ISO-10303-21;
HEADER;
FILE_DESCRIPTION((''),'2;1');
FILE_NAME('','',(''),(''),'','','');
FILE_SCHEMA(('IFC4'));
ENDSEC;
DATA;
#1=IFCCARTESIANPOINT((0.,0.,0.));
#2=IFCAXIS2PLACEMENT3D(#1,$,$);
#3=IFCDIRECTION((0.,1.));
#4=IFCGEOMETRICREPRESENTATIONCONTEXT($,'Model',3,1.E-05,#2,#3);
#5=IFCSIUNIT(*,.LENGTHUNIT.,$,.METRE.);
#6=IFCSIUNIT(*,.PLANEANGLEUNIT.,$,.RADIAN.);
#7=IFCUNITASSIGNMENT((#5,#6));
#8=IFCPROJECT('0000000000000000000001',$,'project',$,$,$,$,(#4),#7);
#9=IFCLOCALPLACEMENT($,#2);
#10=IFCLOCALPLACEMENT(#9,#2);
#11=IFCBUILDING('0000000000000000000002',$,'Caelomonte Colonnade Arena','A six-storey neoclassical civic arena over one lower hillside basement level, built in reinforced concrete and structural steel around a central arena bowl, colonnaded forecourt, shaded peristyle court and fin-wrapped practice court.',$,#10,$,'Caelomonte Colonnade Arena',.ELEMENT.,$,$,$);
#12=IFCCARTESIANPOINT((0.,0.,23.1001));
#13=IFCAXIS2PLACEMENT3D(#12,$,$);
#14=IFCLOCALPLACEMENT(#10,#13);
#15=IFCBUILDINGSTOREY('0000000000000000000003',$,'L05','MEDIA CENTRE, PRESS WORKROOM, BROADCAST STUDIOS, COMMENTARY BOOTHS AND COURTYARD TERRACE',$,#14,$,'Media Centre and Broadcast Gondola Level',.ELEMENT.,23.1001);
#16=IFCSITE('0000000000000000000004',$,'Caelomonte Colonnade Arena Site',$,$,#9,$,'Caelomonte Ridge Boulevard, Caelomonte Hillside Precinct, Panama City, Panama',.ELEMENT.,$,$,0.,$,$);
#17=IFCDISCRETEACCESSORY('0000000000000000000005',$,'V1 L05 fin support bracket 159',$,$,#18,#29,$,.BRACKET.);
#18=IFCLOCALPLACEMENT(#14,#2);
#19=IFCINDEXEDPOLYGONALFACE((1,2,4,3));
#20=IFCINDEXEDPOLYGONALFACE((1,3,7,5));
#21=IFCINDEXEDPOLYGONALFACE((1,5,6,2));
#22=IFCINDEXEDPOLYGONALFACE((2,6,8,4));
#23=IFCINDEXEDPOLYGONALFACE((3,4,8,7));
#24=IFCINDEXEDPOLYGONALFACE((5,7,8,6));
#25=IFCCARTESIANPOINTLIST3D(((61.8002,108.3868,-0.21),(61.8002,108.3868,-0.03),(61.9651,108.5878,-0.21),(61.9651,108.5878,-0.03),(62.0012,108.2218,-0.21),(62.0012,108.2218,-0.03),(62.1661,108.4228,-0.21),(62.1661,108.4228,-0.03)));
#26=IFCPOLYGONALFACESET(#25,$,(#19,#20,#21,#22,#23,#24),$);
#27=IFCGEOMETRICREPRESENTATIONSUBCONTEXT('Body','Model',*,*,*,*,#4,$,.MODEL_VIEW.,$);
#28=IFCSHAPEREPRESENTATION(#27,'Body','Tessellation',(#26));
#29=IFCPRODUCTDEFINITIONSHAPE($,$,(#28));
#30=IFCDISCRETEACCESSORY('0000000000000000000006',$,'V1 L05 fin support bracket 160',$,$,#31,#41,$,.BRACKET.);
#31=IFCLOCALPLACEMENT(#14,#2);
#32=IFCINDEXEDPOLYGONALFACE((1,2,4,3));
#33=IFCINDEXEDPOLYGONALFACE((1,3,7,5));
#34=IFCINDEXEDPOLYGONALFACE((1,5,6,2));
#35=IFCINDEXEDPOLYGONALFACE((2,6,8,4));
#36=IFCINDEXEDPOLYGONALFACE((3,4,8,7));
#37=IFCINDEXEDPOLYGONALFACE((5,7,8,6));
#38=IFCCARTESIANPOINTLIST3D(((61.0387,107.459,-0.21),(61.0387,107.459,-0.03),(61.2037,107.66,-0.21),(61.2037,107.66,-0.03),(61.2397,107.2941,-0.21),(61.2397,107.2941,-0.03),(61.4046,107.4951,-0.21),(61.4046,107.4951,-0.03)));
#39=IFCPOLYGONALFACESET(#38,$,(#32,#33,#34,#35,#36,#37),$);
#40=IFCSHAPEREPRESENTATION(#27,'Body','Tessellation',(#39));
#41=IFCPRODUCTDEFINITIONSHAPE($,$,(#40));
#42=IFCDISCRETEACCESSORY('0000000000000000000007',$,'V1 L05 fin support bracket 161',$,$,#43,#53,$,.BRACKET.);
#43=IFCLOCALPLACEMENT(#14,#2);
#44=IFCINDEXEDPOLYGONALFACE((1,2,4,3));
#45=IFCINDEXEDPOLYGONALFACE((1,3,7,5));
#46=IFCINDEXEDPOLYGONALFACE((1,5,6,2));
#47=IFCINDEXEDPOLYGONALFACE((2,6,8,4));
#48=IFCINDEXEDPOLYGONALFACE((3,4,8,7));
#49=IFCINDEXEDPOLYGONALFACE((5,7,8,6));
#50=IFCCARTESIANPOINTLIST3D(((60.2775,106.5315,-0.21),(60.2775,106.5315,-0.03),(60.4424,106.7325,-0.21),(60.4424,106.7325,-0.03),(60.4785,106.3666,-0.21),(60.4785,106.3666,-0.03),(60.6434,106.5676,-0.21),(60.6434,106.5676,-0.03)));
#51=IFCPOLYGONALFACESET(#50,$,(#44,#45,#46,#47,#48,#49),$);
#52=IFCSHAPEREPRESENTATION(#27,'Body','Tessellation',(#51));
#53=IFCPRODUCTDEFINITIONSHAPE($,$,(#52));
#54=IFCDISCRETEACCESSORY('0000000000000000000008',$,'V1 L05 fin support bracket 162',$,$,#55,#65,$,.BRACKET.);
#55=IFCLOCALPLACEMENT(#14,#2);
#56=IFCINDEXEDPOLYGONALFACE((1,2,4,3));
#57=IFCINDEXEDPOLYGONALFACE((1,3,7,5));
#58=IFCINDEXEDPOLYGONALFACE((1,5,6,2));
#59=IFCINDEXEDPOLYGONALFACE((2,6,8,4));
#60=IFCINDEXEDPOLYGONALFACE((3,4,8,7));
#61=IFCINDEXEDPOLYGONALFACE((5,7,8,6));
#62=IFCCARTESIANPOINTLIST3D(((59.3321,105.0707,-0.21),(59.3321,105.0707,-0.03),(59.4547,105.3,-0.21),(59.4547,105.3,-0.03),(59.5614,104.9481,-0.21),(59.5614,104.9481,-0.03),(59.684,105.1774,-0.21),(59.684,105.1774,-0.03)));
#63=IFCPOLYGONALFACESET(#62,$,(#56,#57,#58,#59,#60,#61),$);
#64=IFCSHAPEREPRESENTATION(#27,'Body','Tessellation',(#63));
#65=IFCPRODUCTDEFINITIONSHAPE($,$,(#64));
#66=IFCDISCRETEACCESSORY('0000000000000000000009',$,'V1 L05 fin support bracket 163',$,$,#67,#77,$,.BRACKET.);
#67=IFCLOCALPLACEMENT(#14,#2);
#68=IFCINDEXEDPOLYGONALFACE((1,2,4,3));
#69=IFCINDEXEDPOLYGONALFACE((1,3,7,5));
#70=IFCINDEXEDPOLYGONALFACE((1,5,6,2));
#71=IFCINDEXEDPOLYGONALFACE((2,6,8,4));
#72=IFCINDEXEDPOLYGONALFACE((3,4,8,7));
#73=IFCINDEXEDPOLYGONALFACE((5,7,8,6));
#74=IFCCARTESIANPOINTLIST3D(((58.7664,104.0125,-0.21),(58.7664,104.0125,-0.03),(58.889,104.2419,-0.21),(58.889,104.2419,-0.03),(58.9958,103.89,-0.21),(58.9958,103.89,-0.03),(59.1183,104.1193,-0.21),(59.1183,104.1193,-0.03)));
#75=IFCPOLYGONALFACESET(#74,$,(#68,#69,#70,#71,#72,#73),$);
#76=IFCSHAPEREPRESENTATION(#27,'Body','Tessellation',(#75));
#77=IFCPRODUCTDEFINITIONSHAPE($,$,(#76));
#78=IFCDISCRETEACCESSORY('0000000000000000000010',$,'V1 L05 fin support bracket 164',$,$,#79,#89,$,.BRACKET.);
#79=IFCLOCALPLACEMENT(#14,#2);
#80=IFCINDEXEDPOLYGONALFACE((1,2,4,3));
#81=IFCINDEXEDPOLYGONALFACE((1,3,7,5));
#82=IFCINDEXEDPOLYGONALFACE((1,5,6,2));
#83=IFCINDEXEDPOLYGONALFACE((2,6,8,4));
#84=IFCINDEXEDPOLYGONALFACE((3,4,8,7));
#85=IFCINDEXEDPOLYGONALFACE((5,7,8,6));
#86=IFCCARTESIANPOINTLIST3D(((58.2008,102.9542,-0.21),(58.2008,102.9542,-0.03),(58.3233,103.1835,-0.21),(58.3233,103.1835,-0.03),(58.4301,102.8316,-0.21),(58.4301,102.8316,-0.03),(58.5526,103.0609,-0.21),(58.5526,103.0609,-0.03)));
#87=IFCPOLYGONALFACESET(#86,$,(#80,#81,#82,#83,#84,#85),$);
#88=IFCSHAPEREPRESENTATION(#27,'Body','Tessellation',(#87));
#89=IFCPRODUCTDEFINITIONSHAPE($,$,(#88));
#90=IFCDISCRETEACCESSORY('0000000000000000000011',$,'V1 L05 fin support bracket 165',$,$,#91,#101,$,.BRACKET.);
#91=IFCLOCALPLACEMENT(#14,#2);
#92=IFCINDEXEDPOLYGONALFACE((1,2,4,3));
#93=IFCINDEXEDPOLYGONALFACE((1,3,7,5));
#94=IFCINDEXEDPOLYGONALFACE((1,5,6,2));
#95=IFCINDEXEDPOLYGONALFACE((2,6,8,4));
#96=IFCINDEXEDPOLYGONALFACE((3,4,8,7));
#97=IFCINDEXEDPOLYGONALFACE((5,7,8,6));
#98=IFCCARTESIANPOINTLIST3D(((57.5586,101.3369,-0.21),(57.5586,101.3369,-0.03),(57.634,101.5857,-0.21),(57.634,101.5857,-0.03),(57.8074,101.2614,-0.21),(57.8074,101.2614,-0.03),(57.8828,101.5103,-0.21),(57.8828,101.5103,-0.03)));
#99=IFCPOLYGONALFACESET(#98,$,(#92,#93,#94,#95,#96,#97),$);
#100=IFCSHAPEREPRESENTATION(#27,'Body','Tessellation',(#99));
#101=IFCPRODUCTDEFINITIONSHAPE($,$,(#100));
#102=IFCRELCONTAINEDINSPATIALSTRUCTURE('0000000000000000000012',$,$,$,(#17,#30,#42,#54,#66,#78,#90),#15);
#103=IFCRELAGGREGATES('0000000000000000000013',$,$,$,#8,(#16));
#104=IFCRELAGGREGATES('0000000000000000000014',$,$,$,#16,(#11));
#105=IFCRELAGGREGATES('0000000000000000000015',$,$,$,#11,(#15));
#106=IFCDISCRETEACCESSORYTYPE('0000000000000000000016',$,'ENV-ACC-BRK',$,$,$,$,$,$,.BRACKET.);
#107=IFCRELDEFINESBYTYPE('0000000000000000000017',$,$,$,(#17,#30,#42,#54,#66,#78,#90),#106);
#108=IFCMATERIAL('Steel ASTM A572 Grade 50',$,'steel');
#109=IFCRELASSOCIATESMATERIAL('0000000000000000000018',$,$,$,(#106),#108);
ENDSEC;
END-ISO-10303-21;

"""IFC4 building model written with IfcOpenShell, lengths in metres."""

from ifc_helpers import new_model, si_unit, direction, frame, origin, origin_2d, place, context, subcontext, project, spatial, rectangle, extrude, material, type_object, element, save


model = new_model("IFC4")

# Units and contexts
model_context = context("Model", 3, precision=1e-05, world=origin(), true_north=direction((0.0, 1.0)))
body_context = subcontext(model_context, "Body", "Model", "MODEL_VIEW")
ifc_project = project(units=[si_unit("LENGTHUNIT", "METRE"), si_unit("PLANEANGLEUNIT", "RADIAN")], contexts=[model_context])

# Site, building, storey
site_placement = place(None, origin())
site = spatial("IfcSite", under=ifc_project, at=site_placement, Name="Caelomonte Colonnade Arena Site", LongName="Caelomonte Ridge Boulevard, Caelomonte Hillside Precinct, Panama City, Panama", CompositionType="ELEMENT", RefElevation=0.0)
building_placement = place(site_placement, origin())
building = spatial("IfcBuilding", under=site, at=building_placement, Name="Caelomonte Colonnade Arena", Description="A six-storey neoclassical civic arena over one lower hillside basement level, built in reinforced concrete and structural steel around a central arena bowl, colonnaded forecourt, shaded peristyle court and fin-wrapped practice court.", LongName="Caelomonte Colonnade Arena", CompositionType="ELEMENT")
storey_placement = place(building_placement, frame((0.0, 0.0, 23.1001)))
storey = spatial("IfcBuildingStorey", under=building, at=storey_placement, Name="L05", Description="MEDIA CENTRE, PRESS WORKROOM, BROADCAST STUDIOS, COMMENTARY BOOTHS AND COURTYARD TERRACE", LongName="Media Centre and Broadcast Gondola Level", CompositionType="ELEMENT", Elevation=23.1001)

# Discrete accessories
ifc_material_1 = material(Name="Steel ASTM A572 Grade 50", Category="steel")
discrete_accessory_type = type_object("IfcDiscreteAccessoryType", Name="ENV-ACC-BRK", PredefinedType="BRACKET", material=ifc_material_1)
for number, where, z_axis, x_axis, name in (
    (1, (61.9832, 108.4048, -0.21), (0.0, 0.0, 1.0), (-0.634414, -0.772994, 0.0), "V1 L05 fin support bracket 159"),
    (2, (61.2217, 107.4771, -0.21), (0.0, 0.0, 1.0), (-0.634414, -0.772994, 0.0), "V1 L05 fin support bracket 160"),
    (3, (60.4604, 106.5496, -0.21), (0.0, 0.0, 1.0), (-0.634414, -0.772994, 0.0), "V1 L05 fin support bracket 161"),
    (4, (59.5081, 105.124, -0.21), (0.0, 0.0, 1.0), (-0.471397, -0.881921, 0.0), "V1 L05 fin support bracket 162"),
    (5, (58.9424, 104.0659, -0.21), (0.0, 0.0, 1.0), (-0.471397, -0.881921, 0.0), "V1 L05 fin support bracket 163"),
    (6, (58.3767, 103.0076, -0.21), (0.0, 0.0, 1.0), (-0.471397, -0.881921, 0.0), "V1 L05 fin support bracket 164"),
    (7, (57.7207, 101.4236, -0.21), (0.0, 0.0, 1.0), (-0.290276, -0.956943, 0.0), "V1 L05 fin support bracket 165"),
):
    element("IfcDiscreteAccessory", number, at=place(storey_placement, frame(where, z_axis=z_axis, x_axis=x_axis)), inside=storey, type_object=discrete_accessory_type, Name=name, PredefinedType="BRACKET", context=body_context, shape_type="SweptSolid", body=[
        extrude(rectangle(XDim=0.26, YDim=0.26, at=origin_2d()), origin(), (0.0, 0.0, 1.0), 0.1799),
    ])

save(model, "model.ifc")
